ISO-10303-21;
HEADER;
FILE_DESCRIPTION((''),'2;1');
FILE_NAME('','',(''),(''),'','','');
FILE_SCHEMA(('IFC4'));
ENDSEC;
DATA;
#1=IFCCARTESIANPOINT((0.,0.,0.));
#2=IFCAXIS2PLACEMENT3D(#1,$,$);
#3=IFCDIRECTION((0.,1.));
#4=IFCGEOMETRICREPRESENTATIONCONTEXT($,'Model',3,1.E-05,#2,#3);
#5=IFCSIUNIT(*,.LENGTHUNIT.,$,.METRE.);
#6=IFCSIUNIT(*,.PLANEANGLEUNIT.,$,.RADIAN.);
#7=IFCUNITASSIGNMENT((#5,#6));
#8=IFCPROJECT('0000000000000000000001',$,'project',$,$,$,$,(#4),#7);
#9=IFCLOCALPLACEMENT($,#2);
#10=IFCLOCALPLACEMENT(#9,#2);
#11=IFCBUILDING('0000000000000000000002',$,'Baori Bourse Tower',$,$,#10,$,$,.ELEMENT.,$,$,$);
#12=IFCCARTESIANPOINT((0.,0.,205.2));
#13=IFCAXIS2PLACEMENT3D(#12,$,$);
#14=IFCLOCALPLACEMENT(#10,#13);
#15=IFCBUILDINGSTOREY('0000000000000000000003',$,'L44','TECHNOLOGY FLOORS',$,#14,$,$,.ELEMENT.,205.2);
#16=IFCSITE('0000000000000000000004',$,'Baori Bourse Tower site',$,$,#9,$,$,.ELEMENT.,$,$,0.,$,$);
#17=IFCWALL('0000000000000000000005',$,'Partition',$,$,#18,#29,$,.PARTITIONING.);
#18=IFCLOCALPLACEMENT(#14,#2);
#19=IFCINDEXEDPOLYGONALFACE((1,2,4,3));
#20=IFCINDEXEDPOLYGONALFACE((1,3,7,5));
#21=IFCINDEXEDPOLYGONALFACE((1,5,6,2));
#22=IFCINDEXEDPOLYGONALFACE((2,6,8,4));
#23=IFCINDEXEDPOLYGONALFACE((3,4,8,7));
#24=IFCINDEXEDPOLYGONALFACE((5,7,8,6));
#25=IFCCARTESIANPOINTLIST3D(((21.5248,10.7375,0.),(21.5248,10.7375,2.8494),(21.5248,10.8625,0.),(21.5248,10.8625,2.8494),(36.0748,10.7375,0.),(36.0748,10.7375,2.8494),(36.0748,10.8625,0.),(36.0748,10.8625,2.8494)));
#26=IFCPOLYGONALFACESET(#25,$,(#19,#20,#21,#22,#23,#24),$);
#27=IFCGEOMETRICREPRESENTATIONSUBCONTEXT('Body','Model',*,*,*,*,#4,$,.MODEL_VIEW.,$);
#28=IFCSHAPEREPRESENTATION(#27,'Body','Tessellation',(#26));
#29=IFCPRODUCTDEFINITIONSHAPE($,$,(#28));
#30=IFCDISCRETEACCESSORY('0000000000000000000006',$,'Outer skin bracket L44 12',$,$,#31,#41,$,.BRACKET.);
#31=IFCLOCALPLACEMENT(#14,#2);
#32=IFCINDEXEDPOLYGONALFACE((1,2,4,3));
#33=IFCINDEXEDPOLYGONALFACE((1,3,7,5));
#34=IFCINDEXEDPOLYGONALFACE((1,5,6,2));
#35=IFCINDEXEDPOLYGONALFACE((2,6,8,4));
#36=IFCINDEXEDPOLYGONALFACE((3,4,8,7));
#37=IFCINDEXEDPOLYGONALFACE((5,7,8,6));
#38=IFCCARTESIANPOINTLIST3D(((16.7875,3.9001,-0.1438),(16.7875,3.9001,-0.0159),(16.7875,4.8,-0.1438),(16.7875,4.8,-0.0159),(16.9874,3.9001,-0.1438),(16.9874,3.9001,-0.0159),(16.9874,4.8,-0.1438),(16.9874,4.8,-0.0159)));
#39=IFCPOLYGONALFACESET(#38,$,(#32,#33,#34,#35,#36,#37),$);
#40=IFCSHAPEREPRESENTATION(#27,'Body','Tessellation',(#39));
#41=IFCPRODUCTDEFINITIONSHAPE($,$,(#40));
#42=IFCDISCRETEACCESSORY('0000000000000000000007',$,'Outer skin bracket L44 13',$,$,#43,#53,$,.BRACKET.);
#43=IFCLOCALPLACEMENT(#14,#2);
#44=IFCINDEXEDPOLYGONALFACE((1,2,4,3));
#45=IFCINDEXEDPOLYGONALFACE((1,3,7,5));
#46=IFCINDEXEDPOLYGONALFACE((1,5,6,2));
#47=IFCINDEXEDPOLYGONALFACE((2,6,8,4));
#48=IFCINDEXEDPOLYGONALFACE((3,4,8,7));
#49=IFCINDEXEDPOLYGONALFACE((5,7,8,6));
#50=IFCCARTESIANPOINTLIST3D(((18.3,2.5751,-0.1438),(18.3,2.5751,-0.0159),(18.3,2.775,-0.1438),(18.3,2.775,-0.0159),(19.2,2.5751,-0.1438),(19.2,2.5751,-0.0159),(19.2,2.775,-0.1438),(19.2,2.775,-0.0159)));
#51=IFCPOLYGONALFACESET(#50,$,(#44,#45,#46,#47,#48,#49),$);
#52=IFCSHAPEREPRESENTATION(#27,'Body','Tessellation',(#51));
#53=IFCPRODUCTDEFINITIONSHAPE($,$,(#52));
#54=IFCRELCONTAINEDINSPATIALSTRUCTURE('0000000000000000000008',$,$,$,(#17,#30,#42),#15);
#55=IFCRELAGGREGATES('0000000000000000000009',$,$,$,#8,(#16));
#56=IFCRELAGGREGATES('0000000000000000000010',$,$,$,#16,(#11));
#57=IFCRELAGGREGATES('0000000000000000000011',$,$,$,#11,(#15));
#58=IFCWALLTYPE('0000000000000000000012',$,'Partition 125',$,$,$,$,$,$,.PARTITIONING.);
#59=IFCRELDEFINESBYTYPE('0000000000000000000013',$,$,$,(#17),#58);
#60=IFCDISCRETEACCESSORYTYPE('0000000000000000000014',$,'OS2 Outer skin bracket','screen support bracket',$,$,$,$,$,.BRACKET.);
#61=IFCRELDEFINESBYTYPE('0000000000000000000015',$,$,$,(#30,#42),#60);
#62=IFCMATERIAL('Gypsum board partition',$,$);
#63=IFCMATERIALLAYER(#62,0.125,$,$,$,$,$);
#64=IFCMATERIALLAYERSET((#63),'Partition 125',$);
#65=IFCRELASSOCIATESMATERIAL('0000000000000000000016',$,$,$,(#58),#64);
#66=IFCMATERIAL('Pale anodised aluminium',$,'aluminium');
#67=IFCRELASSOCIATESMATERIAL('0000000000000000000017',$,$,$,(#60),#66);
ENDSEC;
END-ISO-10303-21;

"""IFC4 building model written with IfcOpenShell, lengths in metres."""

from ifc_helpers import new_model, si_unit, direction, frame, frame_2d, origin, origin_2d, place, context, subcontext, project, spatial, rectangle, extrude, material, layer, layer_set, type_object, element, save


model = new_model("IFC4")

# Units and contexts
model_context = context("Model", 3, precision=1e-05, world=origin(), true_north=direction((0.0, 1.0)))
body_context = subcontext(model_context, "Body", "Model", "MODEL_VIEW")
ifc_project = project(units=[si_unit("LENGTHUNIT", "METRE"), si_unit("PLANEANGLEUNIT", "RADIAN")], contexts=[model_context])

# Site, building, storey
site_placement = place(None, origin())
site = spatial("IfcSite", under=ifc_project, at=site_placement, Name="Baori Bourse Tower site", CompositionType="ELEMENT", RefElevation=0.0)
building_placement = place(site_placement, origin())
building = spatial("IfcBuilding", under=site, at=building_placement, Name="Baori Bourse Tower", CompositionType="ELEMENT")
storey_placement = place(building_placement, frame((0.0, 0.0, 205.2)))
storey = spatial("IfcBuildingStorey", under=building, at=storey_placement, Name="L44", Description="TECHNOLOGY FLOORS", CompositionType="ELEMENT", Elevation=205.2)

# Wall
ifc_material_1 = material(Name="Gypsum board partition")
ifc_layer_1 = layer(ifc_material_1, 0.125)
ifc_layer_set_1 = layer_set([ifc_layer_1], Name="Partition 125")
wall_type_1 = type_object("IfcWallType", Name="Partition 125", PredefinedType="PARTITIONING", material=ifc_layer_set_1)
wall_1_placement = place(storey_placement, frame((21.5249, 10.8, 0.0), z_axis=(0.0, 0.0, 1.0), x_axis=(1.0, 0.0, 0.0)))
element("IfcWall", 1, at=wall_1_placement, inside=storey, type_object=wall_type_1, Name="Partition", PredefinedType="PARTITIONING", context=body_context, shape_type="SweptSolid", body=[
    extrude(rectangle(XDim=14.55, YDim=0.125, at=frame_2d((7.2749, 0.0))), origin(), (0.0, 0.0, 1.0), 2.8494),
])

# Discrete accessories
ifc_material_2 = material(Name="Pale anodised aluminium", Category="aluminium")
discrete_accessory_type = type_object("IfcDiscreteAccessoryType", Name="OS2 Outer skin bracket", Description="screen support bracket", PredefinedType="BRACKET", material=ifc_material_2)
for number, where, z_axis, x_axis, name in (
    (2, (16.8875, 4.3501, -0.1438), (0.0, 0.0, 1.0), (1.0, 0.0, 0.0), "Outer skin bracket L44 12"),
    (3, (18.75, 2.675, -0.1438), (0.0, 0.0, 1.0), (0.0, -1.0, 0.0), "Outer skin bracket L44 13"),
):
    element("IfcDiscreteAccessory", number, at=place(storey_placement, frame(where, z_axis=z_axis, x_axis=x_axis)), inside=storey, type_object=discrete_accessory_type, Name=name, PredefinedType="BRACKET", context=body_context, shape_type="SweptSolid", body=[
        extrude(rectangle(XDim=0.2, YDim=0.8999, at=origin_2d()), origin(), (0.0, 0.0, 1.0), 0.1279),
    ])

save(model, "model.ifc")
